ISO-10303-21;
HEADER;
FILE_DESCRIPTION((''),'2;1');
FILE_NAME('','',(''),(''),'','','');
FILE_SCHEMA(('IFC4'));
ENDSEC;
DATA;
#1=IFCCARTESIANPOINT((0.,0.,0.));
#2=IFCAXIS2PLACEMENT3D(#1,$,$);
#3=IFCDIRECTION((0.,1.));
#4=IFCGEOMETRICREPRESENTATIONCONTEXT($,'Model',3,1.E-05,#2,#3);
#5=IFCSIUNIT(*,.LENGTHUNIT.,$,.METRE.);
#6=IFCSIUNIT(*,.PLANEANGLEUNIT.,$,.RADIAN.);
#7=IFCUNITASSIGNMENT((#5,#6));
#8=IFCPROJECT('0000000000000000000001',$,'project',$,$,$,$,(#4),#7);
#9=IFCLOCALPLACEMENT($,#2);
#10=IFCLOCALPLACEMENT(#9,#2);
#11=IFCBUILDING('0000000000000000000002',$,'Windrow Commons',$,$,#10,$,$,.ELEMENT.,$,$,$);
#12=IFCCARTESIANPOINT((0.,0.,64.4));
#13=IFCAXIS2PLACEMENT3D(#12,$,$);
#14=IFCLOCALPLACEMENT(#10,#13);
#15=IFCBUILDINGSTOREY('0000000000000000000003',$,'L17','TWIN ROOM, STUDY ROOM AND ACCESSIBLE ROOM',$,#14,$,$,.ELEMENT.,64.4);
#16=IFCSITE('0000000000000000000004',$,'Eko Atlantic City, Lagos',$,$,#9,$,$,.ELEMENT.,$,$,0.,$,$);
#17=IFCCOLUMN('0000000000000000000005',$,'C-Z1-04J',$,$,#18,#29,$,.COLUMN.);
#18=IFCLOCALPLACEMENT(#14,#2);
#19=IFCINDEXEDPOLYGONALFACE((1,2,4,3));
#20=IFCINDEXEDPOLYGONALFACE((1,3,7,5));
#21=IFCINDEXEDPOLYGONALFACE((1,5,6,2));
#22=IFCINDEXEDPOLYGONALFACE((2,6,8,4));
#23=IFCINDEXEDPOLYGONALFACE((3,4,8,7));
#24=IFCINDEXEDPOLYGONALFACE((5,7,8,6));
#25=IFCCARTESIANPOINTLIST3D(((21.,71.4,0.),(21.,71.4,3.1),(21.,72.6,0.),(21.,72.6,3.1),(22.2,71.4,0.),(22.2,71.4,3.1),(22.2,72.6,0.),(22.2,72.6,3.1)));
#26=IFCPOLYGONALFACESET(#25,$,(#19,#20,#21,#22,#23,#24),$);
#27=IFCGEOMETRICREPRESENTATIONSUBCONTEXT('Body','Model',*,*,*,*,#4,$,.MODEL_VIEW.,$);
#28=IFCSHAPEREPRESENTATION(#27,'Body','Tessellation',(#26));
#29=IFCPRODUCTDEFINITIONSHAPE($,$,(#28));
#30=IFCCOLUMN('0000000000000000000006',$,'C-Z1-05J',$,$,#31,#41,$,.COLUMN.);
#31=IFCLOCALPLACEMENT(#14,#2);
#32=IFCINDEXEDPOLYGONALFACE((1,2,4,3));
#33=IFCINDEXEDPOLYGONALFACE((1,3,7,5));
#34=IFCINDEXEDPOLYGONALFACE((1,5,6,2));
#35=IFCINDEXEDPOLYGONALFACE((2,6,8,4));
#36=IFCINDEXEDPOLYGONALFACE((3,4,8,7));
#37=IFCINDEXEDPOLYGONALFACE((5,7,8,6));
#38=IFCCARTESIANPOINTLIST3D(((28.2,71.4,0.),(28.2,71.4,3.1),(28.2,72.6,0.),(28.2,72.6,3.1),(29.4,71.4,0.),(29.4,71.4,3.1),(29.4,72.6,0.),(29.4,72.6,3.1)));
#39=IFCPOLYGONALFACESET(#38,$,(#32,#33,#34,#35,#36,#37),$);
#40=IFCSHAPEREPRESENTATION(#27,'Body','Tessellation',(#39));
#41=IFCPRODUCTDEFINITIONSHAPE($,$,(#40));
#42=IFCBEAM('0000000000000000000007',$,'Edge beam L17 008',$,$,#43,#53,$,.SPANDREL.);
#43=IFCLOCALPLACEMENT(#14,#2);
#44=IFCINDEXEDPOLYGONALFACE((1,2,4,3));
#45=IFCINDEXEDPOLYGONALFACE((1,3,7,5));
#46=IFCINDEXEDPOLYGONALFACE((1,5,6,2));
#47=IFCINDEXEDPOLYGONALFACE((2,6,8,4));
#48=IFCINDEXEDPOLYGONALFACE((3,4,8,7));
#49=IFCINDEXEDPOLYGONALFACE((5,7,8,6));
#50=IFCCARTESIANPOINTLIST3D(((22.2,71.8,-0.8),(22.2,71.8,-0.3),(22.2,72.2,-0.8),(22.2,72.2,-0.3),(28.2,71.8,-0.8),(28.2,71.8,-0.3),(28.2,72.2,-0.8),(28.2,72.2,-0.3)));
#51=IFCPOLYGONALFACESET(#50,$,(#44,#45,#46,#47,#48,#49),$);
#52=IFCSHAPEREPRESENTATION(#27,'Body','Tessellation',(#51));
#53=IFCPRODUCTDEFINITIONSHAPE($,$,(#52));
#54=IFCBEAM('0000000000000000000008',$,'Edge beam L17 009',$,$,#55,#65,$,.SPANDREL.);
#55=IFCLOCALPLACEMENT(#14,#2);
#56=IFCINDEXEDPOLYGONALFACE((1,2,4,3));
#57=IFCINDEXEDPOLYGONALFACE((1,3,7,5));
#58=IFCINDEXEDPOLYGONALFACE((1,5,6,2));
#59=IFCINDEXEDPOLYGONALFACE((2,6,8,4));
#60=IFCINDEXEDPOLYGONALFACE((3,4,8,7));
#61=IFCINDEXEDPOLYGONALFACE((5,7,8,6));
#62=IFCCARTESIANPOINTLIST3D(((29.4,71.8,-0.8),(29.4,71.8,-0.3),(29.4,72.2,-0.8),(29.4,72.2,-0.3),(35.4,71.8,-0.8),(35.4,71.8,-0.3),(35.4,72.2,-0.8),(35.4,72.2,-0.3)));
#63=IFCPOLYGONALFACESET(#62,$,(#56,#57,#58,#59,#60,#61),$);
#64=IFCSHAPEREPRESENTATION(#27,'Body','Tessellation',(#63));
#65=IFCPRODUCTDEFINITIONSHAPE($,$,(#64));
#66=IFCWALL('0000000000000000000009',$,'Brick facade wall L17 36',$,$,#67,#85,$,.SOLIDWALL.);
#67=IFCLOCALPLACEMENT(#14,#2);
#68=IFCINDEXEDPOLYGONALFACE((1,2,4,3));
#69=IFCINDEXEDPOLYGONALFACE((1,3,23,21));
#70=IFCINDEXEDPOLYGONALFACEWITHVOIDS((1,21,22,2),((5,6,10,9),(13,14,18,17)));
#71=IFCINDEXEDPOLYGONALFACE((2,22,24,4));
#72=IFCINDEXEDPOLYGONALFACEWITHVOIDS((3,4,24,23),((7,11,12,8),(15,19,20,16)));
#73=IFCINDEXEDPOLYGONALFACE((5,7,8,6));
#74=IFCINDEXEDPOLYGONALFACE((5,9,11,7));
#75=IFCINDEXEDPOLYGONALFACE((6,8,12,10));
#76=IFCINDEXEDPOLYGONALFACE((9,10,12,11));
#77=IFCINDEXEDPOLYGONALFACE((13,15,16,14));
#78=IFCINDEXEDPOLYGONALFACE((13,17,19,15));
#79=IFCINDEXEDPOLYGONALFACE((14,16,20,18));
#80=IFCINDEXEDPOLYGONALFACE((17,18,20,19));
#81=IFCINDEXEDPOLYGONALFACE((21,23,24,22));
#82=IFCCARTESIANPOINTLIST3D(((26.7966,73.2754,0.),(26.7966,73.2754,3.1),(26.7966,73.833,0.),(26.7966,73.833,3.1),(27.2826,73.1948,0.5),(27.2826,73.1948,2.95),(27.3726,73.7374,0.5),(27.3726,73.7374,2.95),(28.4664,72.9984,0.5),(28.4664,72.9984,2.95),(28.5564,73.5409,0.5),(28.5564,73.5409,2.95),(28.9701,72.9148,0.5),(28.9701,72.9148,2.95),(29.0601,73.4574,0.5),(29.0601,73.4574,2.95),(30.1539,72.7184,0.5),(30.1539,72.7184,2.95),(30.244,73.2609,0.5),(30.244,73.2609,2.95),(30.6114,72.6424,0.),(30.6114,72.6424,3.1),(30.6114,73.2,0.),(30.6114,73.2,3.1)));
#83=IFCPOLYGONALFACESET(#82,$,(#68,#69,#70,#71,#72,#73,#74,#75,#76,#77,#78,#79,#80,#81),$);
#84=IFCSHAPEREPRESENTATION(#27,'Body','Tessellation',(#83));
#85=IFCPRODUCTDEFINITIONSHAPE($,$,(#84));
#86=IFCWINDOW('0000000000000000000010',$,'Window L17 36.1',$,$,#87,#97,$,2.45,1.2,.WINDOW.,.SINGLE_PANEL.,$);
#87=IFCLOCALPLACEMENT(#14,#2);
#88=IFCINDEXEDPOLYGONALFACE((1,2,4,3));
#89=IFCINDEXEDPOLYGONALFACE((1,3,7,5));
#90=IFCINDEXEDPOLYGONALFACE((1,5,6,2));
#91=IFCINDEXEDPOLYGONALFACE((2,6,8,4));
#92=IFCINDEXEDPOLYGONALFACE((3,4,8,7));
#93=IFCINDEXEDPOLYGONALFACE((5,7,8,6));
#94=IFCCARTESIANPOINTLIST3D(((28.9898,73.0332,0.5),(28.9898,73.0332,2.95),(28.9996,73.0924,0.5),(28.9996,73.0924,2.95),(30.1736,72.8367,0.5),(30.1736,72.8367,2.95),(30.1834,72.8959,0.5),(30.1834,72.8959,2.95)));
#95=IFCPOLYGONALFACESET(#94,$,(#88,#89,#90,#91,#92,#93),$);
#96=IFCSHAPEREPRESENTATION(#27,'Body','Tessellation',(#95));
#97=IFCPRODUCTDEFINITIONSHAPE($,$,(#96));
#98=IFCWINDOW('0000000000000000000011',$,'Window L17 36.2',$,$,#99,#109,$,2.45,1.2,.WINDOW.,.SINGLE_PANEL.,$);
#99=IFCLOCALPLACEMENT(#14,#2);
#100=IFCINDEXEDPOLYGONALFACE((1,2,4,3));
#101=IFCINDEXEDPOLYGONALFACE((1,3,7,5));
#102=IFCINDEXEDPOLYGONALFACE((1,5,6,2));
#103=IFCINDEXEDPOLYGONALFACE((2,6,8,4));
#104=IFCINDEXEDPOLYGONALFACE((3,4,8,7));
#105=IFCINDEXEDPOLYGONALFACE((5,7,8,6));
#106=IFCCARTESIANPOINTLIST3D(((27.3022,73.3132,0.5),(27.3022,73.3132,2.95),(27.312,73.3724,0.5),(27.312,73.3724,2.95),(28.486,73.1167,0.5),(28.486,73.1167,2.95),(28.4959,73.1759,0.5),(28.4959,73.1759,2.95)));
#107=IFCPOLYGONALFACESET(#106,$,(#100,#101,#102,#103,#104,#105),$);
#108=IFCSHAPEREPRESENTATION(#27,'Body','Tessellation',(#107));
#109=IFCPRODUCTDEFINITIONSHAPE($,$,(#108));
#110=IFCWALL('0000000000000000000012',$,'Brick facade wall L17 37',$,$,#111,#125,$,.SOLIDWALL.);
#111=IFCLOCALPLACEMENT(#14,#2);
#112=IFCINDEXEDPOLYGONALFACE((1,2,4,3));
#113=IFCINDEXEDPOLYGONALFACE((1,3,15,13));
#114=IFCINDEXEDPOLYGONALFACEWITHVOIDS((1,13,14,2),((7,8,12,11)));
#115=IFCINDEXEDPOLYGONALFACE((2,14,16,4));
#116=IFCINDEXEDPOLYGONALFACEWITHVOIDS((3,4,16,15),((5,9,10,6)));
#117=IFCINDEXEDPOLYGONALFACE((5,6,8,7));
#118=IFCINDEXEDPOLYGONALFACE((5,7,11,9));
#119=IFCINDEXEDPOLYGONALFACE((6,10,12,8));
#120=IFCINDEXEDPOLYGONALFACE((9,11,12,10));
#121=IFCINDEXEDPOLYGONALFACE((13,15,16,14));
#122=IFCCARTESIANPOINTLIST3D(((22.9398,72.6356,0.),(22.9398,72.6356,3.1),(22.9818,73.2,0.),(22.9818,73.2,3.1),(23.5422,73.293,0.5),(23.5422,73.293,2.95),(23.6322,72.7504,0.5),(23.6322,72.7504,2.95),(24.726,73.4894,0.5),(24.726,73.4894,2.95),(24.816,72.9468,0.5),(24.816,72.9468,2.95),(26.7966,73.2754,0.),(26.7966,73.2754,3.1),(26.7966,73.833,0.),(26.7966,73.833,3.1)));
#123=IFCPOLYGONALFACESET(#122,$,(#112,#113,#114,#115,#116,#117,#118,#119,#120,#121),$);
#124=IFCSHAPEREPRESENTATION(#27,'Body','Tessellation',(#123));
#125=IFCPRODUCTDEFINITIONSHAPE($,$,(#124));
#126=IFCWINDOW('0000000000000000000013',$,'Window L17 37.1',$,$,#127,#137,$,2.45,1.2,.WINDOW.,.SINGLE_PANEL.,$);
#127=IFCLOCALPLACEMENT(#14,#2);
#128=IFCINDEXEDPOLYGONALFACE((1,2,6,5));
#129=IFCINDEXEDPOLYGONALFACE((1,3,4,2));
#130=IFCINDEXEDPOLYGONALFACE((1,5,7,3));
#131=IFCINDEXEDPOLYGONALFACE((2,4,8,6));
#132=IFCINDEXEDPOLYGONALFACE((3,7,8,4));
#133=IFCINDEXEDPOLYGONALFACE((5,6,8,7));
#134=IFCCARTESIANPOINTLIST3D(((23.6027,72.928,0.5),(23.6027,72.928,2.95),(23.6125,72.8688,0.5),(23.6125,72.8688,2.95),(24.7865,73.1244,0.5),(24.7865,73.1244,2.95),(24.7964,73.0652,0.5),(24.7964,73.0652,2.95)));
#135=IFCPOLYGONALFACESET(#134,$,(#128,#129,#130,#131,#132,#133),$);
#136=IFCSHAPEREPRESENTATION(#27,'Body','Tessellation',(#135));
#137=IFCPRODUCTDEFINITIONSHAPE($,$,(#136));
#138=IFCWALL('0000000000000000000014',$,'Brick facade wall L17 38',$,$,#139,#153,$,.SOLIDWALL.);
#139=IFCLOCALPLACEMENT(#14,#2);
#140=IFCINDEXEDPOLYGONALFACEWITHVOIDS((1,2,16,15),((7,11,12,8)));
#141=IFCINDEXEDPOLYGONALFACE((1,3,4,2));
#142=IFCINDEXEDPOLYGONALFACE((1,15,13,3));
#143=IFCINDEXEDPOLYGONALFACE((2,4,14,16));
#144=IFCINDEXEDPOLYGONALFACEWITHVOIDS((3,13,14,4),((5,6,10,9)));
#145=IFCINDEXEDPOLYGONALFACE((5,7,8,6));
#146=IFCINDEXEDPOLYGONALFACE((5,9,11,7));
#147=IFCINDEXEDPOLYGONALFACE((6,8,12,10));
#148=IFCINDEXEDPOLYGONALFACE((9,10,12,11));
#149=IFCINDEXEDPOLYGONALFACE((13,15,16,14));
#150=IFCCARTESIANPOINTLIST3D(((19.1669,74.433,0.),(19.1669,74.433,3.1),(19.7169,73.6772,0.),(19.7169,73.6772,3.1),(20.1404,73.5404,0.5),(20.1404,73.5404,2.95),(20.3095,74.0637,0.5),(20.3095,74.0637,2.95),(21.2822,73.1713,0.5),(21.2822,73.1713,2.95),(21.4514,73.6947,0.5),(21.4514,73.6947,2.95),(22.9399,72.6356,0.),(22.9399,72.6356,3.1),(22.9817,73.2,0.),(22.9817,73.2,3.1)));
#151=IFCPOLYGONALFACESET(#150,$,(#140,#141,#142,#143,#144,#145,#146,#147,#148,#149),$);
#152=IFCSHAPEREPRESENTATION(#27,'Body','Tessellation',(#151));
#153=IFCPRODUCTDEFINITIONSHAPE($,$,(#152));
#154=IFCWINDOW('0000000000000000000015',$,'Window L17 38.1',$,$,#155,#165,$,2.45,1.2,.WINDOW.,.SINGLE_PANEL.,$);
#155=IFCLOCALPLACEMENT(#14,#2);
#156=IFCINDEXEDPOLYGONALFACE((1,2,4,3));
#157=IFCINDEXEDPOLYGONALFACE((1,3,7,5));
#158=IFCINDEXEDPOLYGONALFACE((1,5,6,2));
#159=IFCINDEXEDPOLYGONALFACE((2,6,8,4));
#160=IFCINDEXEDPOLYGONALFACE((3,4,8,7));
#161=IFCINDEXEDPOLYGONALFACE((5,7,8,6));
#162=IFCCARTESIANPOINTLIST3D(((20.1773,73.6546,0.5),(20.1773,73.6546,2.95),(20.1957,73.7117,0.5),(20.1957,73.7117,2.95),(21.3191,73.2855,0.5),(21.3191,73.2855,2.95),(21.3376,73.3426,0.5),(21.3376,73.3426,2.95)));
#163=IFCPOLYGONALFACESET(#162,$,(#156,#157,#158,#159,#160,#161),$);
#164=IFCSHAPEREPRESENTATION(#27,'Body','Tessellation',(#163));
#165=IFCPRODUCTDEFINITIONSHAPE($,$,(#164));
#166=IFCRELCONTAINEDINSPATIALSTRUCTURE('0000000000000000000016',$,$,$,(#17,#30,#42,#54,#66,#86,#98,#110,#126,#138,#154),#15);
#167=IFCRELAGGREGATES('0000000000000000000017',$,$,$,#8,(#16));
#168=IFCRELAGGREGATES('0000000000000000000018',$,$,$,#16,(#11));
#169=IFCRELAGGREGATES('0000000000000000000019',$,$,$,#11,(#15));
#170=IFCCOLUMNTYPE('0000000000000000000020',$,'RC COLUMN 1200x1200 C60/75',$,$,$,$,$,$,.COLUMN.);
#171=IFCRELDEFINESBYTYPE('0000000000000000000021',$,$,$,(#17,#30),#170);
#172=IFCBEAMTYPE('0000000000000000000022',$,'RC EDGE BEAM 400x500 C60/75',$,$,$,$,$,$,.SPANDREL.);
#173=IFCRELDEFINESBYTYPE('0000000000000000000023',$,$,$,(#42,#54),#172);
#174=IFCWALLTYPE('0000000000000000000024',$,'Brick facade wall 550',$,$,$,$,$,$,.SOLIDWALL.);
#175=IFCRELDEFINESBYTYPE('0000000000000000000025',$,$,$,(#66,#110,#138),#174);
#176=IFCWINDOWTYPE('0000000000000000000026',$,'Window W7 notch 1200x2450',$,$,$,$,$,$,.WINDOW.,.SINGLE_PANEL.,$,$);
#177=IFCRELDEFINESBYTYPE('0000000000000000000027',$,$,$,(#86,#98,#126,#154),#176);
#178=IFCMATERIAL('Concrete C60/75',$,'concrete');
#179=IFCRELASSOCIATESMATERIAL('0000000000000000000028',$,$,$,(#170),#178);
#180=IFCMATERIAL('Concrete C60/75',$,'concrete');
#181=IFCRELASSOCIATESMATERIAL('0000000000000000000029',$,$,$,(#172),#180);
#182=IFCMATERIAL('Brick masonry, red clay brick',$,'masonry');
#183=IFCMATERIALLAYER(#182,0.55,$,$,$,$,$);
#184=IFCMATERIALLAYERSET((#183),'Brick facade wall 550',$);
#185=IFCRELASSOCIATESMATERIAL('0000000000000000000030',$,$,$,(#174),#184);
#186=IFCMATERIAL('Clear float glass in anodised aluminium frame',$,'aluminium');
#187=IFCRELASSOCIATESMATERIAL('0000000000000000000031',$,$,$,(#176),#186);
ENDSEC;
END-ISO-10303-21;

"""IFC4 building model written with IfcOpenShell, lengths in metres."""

from ifc_helpers import new_model, si_unit, direction, frame, frame_2d, origin, origin_2d, place, context, subcontext, project, spatial, polyline, rectangle, outline, extrude, material, layer, layer_set, material_profile, profile_set, type_object, element, fill, save


model = new_model("IFC4")

# Units and contexts
model_context = context("Model", 3, precision=1e-05, world=origin(), true_north=direction((0.0, 1.0)))
body_context = subcontext(model_context, "Body", "Model", "MODEL_VIEW")
ifc_project = project(units=[si_unit("LENGTHUNIT", "METRE"), si_unit("PLANEANGLEUNIT", "RADIAN")], contexts=[model_context])

# Site, building, storey
site_placement = place(None, origin())
site = spatial("IfcSite", under=ifc_project, at=site_placement, Name="Eko Atlantic City, Lagos", CompositionType="ELEMENT", RefElevation=0.0)
building_placement = place(site_placement, origin())
building = spatial("IfcBuilding", under=site, at=building_placement, Name="Windrow Commons", CompositionType="ELEMENT")
storey_placement = place(building_placement, frame((0.0, 0.0, 64.4)))
storey = spatial("IfcBuildingStorey", under=building, at=storey_placement, Name="L17", Description="TWIN ROOM, STUDY ROOM AND ACCESSIBLE ROOM", CompositionType="ELEMENT", Elevation=64.4)

# Columns
ifc_material_1 = material(Name="Concrete C60/75", Category="concrete")
ifc_material_profile_1 = material_profile(ifc_material_1, rectangle(XDim=1.2, YDim=1.2, at=origin_2d()))
ifc_profile_set_1 = profile_set([ifc_material_profile_1], Name="Concrete C60/75")
column_type = type_object("IfcColumnType", Name="RC COLUMN 1200x1200 C60/75", PredefinedType="COLUMN", material=ifc_profile_set_1)
for number, where, z_axis, x_axis, name in (
    (1, (21.6, 72.0, 0.0), (0.0, 0.0, 1.0), (1.0, 0.0, 0.0), "C-Z1-04J"),
    (2, (28.8, 72.0, 0.0), (0.0, 0.0, 1.0), (1.0, 0.0, 0.0), "C-Z1-05J"),
):
    element("IfcColumn", number, at=place(storey_placement, frame(where, z_axis=z_axis, x_axis=x_axis)), inside=storey, type_object=column_type, Name=name, PredefinedType="COLUMN", context=body_context, shape_type="SweptSolid", body=[
        extrude(rectangle(XDim=1.2, YDim=1.2, at=origin_2d()), origin(), (0.0, 0.0, 1.0), 3.1),
    ])

# Beams
ifc_material_2 = material(Name="Concrete C60/75", Category="concrete")
ifc_material_profile_2 = material_profile(ifc_material_2, rectangle(XDim=0.4, YDim=0.5, at=origin_2d()))
ifc_profile_set_2 = profile_set([ifc_material_profile_2], Name="Concrete C60/75")
beam_type = type_object("IfcBeamType", Name="RC EDGE BEAM 400x500 C60/75", PredefinedType="SPANDREL", material=ifc_profile_set_2)
for number, where, z_axis, x_axis, name in (
    (3, (22.2, 72.0, -0.55), (1.0, 0.0, 0.0), (0.0, 1.0, 0.0), "Edge beam L17 008"),
    (4, (29.4, 72.0, -0.55), (1.0, 0.0, 0.0), (0.0, 1.0, 0.0), "Edge beam L17 009"),
):
    element("IfcBeam", number, at=place(storey_placement, frame(where, z_axis=z_axis, x_axis=x_axis)), inside=storey, type_object=beam_type, Name=name, PredefinedType="SPANDREL", context=body_context, shape_type="SweptSolid", body=[
        extrude(rectangle(XDim=0.4, YDim=0.5, at=origin_2d()), origin(), (0.0, 0.0, 1.0), 6.0),
    ])

# Wall, openings, windows
ifc_material_3 = material(Name="Brick masonry, red clay brick", Category="masonry")
ifc_layer_1 = layer(ifc_material_3, 0.55)
ifc_layer_set_1 = layer_set([ifc_layer_1], Name="Brick facade wall 550")
wall_type_1 = type_object("IfcWallType", Name="Brick facade wall 550", PredefinedType="SOLIDWALL", material=ifc_layer_set_1)
wall_1_placement = place(storey_placement, frame((30.6114, 72.9212, 0.0), z_axis=(0.0, 0.0, 1.0), x_axis=(-0.986511, 0.163694, 0.0)))
wall_1 = element("IfcWall", 5, at=wall_1_placement, inside=storey, type_object=wall_type_1, Name="Brick facade wall L17 36", PredefinedType="SOLIDWALL", context=body_context, shape_type="SweptSolid", body=[
    extrude(outline(polyline([(0.0456, -0.275), (3.9126, -0.275), (3.8213, 0.275), (-0.0456, 0.275), (0.0456, -0.275)])), origin(), (0.0, 0.0, 1.0), 3.1),
])
opening_1_placement = place(wall_1_placement, frame((0.4181, 0.0, 0.5)))
opening_1 = element("IfcOpeningElement", 6, at=opening_1_placement, cuts=wall_1, PredefinedType="OPENING", context=body_context, shape_type="SweptSolid", body=[
    extrude(rectangle(XDim=1.2, YDim=2.45, at=frame_2d((0.6, 1.225))), frame((0.0, 0.285, 0.0), z_axis=(0.0, -1.0, 0.0), x_axis=(1.0, 0.0, 0.0)), (0.0, 0.0, 1.0), 0.57),
])
opening_2_placement = place(wall_1_placement, frame((2.1287, 0.0, 0.5)))
opening_2 = element("IfcOpeningElement", 7, at=opening_2_placement, cuts=wall_1, PredefinedType="OPENING", context=body_context, shape_type="SweptSolid", body=[
    extrude(rectangle(XDim=1.2, YDim=2.45, at=frame_2d((0.6, 1.225))), frame((0.0, 0.285, 0.0), z_axis=(0.0, -1.0, 0.0), x_axis=(1.0, 0.0, 0.0)), (0.0, 0.0, 1.0), 0.57),
])
ifc_material_4 = material(Name="Clear float glass in anodised aluminium frame", Category="aluminium")
window_type_1 = type_object("IfcWindowType", Name="Window W7 notch 1200x2450", PartitioningType="SINGLE_PANEL", PredefinedType="WINDOW", material=ifc_material_4)
window_1_placement = place(opening_1_placement, origin())
window_1 = element("IfcWindow", 8, at=window_1_placement, inside=storey, type_object=window_type_1, Name="Window L17 36.1", OverallHeight=2.45, OverallWidth=1.2, PartitioningType="SINGLE_PANEL", PredefinedType="WINDOW", context=body_context, shape_type="SweptSolid", body=[
    extrude(rectangle(XDim=1.2, YDim=2.45, at=frame_2d((0.6, 1.225))), frame((0.0, 0.155, 0.0), z_axis=(0.0, -1.0, 0.0), x_axis=(1.0, 0.0, 0.0)), (0.0, 0.0, 1.0), 0.06),
])
fill(opening_1, window_1)
window_2_placement = place(opening_2_placement, origin())
window_2 = element("IfcWindow", 9, at=window_2_placement, inside=storey, type_object=window_type_1, Name="Window L17 36.2", OverallHeight=2.45, OverallWidth=1.2, PartitioningType="SINGLE_PANEL", PredefinedType="WINDOW", context=body_context, shape_type="SweptSolid", body=[
    extrude(rectangle(XDim=1.2, YDim=2.45, at=frame_2d((0.6, 1.225))), frame((0.0, 0.155, 0.0), z_axis=(0.0, -1.0, 0.0), x_axis=(1.0, 0.0, 0.0)), (0.0, 0.0, 1.0), 0.06),
])
fill(opening_2, window_2)

# Walls, openings, windows
wall_2_placement = place(storey_placement, frame((26.7966, 73.5542, 0.0), z_axis=(0.0, 0.0, 1.0), x_axis=(-0.986515, -0.163673, 0.0)))
wall_2 = element("IfcWall", 10, at=wall_2_placement, inside=storey, type_object=wall_type_1, Name="Brick facade wall L17 37", PredefinedType="SOLIDWALL", context=body_context, shape_type="SweptSolid", body=[
    extrude(outline(polyline([(-0.0456, -0.275), (3.8213, -0.275), (3.9551, 0.275), (0.0456, 0.275), (-0.0456, -0.275)])), origin(), (0.0, 0.0, 1.0), 3.1),
])
opening_3_placement = place(wall_2_placement, frame((2.0533, 0.0, 0.5)))
opening_3 = element("IfcOpeningElement", 11, at=opening_3_placement, cuts=wall_2, PredefinedType="OPENING", context=body_context, shape_type="SweptSolid", body=[
    extrude(rectangle(XDim=1.2, YDim=2.45, at=frame_2d((0.6, 1.225))), frame((0.0, 0.285, 0.0), z_axis=(0.0, -1.0, 0.0), x_axis=(1.0, 0.0, 0.0)), (0.0, 0.0, 1.0), 0.57),
])
window_3_placement = place(opening_3_placement, origin())
window_3 = element("IfcWindow", 12, at=window_3_placement, inside=storey, type_object=window_type_1, Name="Window L17 37.1", OverallHeight=2.45, OverallWidth=1.2, PartitioningType="SINGLE_PANEL", PredefinedType="WINDOW", context=body_context, shape_type="SweptSolid", body=[
    extrude(rectangle(XDim=1.2, YDim=2.45, at=frame_2d((0.6, 1.225))), frame((0.0, 0.155, 0.0), z_axis=(0.0, -1.0, 0.0), x_axis=(1.0, 0.0, 0.0)), (0.0, 0.0, 1.0), 0.06),
])
fill(opening_3, window_3)
wall_3_placement = place(storey_placement, frame((22.9608, 72.9178, 0.0), z_axis=(0.0, 0.0, 1.0), x_axis=(-0.951534, 0.307542, 0.0)))
wall_3 = element("IfcWall", 13, at=wall_3_placement, inside=storey, type_object=wall_type_1, Name="Brick facade wall L17 38", PredefinedType="SOLIDWALL", context=body_context, shape_type="SweptSolid", body=[
    extrude(outline(polyline([(0.0669, -0.275), (4.076, -0.275), (3.3202, 0.275), (-0.0669, 0.275), (0.0669, -0.275)])), origin(), (0.0, 0.0, 1.0), 3.1),
])
opening_4_placement = place(wall_3_placement, frame((1.6752, 0.0, 0.5)))
opening_4 = element("IfcOpeningElement", 14, at=opening_4_placement, cuts=wall_3, PredefinedType="OPENING", context=body_context, shape_type="SweptSolid", body=[
    extrude(rectangle(XDim=1.2, YDim=2.45, at=frame_2d((0.6, 1.225))), frame((0.0, 0.285, 0.0), z_axis=(0.0, -1.0, 0.0), x_axis=(1.0, 0.0, 0.0)), (0.0, 0.0, 1.0), 0.57),
])
window_4_placement = place(opening_4_placement, origin())
window_4 = element("IfcWindow", 15, at=window_4_placement, inside=storey, type_object=window_type_1, Name="Window L17 38.1", OverallHeight=2.45, OverallWidth=1.2, PartitioningType="SINGLE_PANEL", PredefinedType="WINDOW", context=body_context, shape_type="SweptSolid", body=[
    extrude(rectangle(XDim=1.2, YDim=2.45, at=frame_2d((0.6, 1.225))), frame((0.0, 0.155, 0.0), z_axis=(0.0, -1.0, 0.0), x_axis=(1.0, 0.0, 0.0)), (0.0, 0.0, 1.0), 0.06),
])
fill(opening_4, window_4)

save(model, "model.ifc")
